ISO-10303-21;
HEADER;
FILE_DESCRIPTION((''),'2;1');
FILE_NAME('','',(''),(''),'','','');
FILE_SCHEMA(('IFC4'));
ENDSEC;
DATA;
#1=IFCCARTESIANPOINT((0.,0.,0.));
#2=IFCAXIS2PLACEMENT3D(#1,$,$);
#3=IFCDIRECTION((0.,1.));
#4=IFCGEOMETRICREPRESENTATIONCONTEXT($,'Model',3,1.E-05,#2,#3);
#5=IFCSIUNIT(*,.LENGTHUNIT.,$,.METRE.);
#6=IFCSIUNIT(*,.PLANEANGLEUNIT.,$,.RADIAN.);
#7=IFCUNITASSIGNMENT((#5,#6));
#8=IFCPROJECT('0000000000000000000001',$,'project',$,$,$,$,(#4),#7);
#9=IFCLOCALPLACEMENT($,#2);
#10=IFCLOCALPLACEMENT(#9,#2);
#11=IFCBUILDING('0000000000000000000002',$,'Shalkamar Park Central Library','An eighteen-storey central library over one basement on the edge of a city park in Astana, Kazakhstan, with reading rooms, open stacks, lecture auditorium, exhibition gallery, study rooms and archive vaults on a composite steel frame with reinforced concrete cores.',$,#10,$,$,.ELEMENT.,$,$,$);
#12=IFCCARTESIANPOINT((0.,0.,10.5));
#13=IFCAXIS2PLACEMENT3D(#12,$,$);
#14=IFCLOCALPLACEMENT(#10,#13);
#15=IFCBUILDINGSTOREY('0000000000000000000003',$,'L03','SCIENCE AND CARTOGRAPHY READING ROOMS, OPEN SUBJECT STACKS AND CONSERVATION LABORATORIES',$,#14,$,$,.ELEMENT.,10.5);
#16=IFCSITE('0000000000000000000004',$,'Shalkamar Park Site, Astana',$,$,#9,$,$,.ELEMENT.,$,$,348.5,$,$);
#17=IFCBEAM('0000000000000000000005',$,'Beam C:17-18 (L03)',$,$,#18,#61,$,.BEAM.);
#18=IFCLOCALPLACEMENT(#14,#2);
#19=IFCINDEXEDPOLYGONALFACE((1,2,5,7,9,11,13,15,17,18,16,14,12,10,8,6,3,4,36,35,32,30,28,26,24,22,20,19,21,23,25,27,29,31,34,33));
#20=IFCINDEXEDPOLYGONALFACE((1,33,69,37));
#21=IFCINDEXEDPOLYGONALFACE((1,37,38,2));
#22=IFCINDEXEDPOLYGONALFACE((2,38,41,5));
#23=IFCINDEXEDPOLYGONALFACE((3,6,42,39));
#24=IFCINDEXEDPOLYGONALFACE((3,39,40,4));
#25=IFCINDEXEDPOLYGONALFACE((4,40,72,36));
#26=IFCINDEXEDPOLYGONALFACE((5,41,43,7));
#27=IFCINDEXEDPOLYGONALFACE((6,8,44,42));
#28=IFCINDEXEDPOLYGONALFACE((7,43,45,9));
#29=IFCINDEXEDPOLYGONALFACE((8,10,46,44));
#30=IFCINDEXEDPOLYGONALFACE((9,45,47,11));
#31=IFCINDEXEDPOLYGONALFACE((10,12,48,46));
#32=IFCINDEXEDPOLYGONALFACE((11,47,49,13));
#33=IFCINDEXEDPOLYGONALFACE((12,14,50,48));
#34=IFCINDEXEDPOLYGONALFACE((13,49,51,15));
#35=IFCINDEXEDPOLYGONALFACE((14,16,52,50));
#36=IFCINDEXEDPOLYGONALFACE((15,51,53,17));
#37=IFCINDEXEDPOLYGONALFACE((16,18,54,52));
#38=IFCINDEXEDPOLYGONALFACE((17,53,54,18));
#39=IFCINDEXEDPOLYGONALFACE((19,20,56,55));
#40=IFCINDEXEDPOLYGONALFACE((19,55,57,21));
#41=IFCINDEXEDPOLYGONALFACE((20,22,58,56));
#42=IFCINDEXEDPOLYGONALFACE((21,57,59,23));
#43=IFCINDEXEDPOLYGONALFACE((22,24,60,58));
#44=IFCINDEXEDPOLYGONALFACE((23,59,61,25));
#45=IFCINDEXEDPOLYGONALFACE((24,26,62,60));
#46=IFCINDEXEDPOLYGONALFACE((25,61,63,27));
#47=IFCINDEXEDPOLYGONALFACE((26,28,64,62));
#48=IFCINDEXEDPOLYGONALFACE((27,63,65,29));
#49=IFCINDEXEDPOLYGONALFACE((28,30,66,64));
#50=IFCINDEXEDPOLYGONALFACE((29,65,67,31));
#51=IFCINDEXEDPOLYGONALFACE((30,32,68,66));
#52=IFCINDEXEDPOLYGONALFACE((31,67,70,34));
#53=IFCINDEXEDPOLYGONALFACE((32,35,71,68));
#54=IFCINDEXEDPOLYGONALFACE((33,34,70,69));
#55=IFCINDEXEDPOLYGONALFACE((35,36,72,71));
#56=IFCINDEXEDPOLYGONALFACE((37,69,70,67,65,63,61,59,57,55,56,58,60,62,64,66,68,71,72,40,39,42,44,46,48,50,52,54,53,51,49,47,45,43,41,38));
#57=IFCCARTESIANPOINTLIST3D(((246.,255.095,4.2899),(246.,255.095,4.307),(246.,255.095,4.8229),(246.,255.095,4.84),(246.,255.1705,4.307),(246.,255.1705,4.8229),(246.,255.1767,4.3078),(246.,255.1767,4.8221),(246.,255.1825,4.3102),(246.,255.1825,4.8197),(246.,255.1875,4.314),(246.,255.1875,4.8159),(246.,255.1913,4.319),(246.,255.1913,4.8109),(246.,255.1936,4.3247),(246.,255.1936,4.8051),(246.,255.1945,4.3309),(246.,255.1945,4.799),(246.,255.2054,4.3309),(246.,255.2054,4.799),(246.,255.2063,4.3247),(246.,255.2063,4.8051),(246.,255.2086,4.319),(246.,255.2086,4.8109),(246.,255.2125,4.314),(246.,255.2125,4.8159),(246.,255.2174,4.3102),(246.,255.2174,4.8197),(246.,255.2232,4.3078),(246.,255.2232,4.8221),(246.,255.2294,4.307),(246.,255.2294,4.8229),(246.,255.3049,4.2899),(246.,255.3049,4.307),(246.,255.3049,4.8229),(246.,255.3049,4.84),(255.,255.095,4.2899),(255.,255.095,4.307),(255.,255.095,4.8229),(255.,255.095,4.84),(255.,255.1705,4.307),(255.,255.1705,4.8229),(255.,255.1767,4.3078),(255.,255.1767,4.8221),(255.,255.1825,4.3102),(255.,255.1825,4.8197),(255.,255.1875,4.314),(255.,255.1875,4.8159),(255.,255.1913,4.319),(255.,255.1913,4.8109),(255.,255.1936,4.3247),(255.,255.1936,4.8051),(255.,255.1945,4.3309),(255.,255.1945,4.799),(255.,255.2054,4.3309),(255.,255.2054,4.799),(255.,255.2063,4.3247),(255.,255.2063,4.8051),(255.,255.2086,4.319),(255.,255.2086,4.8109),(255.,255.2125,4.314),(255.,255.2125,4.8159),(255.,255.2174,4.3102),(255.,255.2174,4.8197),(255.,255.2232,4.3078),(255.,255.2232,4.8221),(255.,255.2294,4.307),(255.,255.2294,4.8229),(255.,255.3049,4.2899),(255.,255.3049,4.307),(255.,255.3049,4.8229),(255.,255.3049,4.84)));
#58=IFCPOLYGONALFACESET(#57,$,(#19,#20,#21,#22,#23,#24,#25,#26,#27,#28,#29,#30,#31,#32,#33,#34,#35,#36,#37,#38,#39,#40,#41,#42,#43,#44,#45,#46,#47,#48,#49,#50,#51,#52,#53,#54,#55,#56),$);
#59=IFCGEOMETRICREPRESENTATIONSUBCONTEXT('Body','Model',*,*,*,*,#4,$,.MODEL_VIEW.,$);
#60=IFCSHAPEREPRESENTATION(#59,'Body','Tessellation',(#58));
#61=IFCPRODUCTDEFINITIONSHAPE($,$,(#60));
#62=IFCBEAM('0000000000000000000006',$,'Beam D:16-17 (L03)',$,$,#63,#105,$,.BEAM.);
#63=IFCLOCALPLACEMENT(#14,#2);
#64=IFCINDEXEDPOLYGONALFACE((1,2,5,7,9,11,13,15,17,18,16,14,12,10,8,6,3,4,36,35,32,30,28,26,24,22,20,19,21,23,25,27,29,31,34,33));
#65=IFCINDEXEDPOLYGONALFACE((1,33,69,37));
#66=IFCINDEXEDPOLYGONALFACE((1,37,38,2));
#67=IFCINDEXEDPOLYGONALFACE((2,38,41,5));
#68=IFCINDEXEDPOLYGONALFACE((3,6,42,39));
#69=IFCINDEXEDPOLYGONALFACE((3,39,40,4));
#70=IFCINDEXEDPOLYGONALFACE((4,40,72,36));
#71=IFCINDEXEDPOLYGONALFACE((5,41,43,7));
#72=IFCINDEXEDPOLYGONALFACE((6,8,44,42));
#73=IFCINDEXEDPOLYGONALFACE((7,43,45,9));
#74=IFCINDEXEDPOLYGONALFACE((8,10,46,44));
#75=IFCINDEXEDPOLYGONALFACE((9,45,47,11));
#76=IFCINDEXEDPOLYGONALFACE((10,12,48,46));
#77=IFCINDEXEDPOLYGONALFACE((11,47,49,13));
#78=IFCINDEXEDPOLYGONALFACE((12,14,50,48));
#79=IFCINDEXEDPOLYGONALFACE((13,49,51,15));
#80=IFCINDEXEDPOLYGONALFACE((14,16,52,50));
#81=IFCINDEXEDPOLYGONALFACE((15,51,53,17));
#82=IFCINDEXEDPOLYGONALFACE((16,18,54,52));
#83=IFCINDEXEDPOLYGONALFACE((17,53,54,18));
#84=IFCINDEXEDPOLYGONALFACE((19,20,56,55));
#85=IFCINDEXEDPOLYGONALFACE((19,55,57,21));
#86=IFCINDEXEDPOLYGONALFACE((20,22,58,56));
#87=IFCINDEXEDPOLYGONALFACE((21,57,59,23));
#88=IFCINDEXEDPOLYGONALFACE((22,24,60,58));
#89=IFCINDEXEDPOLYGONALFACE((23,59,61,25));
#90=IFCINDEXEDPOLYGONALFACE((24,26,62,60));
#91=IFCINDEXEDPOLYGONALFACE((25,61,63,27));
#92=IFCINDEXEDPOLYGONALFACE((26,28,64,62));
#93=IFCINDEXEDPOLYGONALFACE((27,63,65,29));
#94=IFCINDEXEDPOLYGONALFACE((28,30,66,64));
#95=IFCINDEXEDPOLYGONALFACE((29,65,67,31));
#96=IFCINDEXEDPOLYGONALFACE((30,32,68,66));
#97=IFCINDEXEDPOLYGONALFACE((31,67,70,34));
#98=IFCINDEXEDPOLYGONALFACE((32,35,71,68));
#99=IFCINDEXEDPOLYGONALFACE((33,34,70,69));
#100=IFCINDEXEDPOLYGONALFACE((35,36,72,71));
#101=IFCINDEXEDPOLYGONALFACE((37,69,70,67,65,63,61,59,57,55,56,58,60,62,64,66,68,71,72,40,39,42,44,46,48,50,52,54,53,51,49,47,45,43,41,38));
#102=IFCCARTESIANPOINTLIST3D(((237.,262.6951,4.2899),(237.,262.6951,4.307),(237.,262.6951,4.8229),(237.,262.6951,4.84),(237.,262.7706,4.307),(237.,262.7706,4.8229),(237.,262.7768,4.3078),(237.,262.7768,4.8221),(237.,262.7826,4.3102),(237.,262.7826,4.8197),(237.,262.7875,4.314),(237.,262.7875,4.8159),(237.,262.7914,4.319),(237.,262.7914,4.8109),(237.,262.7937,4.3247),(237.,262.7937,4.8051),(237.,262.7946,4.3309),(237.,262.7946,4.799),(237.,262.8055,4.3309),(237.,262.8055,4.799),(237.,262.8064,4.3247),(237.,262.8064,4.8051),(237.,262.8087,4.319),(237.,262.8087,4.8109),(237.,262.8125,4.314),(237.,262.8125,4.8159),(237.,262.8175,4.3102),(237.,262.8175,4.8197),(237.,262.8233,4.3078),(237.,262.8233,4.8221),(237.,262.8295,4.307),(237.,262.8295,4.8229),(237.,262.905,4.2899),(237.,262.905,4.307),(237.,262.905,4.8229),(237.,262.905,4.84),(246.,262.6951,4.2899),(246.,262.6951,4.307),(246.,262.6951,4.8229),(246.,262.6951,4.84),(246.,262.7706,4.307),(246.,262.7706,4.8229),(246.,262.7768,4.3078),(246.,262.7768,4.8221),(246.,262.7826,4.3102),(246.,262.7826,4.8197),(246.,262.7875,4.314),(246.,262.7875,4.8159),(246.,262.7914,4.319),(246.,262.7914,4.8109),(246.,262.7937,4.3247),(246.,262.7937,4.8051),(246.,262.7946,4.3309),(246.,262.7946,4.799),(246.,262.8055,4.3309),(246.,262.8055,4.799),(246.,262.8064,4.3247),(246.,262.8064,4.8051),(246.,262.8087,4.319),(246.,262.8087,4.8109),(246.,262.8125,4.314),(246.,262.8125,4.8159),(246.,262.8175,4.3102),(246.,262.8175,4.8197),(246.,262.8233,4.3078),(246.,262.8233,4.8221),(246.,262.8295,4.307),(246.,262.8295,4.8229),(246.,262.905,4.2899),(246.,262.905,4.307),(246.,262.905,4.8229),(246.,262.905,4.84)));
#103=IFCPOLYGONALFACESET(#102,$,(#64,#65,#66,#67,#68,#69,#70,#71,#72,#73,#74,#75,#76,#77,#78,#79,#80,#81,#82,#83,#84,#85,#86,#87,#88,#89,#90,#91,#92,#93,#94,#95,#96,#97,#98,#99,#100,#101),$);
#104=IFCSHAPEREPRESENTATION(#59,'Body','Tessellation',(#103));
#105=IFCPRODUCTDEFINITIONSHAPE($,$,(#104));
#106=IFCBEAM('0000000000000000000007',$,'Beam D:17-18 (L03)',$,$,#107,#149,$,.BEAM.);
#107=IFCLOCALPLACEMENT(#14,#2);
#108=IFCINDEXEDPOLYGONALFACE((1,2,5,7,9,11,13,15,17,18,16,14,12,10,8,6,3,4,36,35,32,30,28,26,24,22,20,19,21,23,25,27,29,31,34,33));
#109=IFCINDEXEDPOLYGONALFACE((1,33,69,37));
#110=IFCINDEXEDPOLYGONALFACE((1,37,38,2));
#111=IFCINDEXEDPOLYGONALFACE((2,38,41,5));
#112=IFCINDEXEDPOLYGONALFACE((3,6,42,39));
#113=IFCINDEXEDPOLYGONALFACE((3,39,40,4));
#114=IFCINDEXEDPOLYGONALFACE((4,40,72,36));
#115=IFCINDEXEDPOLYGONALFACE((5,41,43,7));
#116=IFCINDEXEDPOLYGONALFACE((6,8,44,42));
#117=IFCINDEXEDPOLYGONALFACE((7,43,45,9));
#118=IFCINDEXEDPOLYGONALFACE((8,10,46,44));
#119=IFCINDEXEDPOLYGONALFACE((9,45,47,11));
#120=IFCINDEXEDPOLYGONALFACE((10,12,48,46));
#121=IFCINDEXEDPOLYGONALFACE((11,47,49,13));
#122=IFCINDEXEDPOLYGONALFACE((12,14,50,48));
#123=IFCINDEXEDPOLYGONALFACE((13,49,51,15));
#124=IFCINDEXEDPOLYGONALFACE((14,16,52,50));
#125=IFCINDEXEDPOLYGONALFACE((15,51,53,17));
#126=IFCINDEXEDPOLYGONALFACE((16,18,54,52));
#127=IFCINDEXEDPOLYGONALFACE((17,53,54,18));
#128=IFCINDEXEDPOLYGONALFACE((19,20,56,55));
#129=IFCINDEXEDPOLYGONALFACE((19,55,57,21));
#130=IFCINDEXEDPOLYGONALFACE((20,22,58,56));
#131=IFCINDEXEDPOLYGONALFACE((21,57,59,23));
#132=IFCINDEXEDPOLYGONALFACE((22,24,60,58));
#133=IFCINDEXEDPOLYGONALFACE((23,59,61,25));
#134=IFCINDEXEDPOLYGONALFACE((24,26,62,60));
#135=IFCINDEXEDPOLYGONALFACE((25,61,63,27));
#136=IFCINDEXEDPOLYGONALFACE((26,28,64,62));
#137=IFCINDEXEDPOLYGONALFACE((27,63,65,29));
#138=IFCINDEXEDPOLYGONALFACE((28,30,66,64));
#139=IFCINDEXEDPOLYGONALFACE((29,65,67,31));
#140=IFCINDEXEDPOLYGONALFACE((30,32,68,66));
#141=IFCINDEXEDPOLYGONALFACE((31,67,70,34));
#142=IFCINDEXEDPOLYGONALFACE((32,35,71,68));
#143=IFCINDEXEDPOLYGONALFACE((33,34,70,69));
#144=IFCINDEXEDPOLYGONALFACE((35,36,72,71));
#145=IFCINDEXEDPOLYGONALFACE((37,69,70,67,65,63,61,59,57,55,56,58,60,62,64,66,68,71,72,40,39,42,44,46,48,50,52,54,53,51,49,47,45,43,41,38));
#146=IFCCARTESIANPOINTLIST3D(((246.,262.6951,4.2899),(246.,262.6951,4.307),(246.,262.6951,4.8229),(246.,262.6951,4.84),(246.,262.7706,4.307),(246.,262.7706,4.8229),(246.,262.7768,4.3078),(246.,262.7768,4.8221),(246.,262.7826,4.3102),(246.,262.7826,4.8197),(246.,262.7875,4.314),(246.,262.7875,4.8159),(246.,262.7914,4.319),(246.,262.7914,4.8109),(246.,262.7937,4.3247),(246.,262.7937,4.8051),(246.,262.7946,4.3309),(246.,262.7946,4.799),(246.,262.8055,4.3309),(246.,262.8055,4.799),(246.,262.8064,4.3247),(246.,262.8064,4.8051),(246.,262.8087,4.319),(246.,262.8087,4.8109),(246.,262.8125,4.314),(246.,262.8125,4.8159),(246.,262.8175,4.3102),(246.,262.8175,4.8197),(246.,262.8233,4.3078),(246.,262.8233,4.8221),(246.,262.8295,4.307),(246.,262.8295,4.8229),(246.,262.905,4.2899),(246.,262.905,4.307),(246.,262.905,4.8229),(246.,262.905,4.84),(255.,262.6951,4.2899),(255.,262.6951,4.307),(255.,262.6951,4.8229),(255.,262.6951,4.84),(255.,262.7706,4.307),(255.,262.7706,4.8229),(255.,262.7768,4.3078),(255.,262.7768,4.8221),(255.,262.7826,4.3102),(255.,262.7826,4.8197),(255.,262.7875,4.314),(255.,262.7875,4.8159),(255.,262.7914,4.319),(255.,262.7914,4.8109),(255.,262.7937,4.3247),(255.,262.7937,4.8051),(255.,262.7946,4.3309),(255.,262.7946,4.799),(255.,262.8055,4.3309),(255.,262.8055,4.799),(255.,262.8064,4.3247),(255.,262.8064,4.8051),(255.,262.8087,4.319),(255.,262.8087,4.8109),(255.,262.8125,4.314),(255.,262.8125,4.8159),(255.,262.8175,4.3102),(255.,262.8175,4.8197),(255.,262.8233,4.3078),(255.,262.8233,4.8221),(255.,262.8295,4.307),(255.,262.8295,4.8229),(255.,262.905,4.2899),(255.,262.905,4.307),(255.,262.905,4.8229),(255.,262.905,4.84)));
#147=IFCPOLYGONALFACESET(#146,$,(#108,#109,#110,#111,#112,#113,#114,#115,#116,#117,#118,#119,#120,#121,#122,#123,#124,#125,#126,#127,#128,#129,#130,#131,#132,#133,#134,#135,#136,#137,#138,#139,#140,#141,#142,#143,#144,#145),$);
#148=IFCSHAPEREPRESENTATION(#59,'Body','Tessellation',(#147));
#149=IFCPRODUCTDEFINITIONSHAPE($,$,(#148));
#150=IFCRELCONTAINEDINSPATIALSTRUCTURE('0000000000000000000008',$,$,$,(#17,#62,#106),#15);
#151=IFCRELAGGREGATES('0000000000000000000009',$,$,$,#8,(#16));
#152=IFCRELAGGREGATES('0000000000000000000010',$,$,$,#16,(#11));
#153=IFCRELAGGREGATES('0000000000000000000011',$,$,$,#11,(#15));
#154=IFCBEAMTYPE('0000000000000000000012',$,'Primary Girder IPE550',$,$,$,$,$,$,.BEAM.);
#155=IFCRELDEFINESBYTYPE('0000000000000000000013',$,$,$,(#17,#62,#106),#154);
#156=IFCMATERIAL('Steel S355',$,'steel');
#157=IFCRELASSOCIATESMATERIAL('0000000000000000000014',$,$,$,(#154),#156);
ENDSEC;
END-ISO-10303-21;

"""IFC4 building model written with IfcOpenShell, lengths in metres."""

from ifc_helpers import new_model, si_unit, direction, frame, origin, origin_2d, place, context, subcontext, project, spatial, i_section, extrude, material, material_profile, profile_set, type_object, element, save


model = new_model("IFC4")

# Units and contexts
model_context = context("Model", 3, precision=1e-05, world=origin(), true_north=direction((0.0, 1.0)))
body_context = subcontext(model_context, "Body", "Model", "MODEL_VIEW")
ifc_project = project(units=[si_unit("LENGTHUNIT", "METRE"), si_unit("PLANEANGLEUNIT", "RADIAN")], contexts=[model_context])

# Site, building, storey
site_placement = place(None, origin())
site = spatial("IfcSite", under=ifc_project, at=site_placement, Name="Shalkamar Park Site, Astana", CompositionType="ELEMENT", RefElevation=348.5)
building_placement = place(site_placement, origin())
building = spatial("IfcBuilding", under=site, at=building_placement, Name="Shalkamar Park Central Library", Description="An eighteen-storey central library over one basement on the edge of a city park in Astana, Kazakhstan, with reading rooms, open stacks, lecture auditorium, exhibition gallery, study rooms and archive vaults on a composite steel frame with reinforced concrete cores.", CompositionType="ELEMENT")
storey_placement = place(building_placement, frame((0.0, 0.0, 10.5)))
storey = spatial("IfcBuildingStorey", under=building, at=storey_placement, Name="L03", Description="SCIENCE AND CARTOGRAPHY READING ROOMS, OPEN SUBJECT STACKS AND CONSERVATION LABORATORIES", CompositionType="ELEMENT", Elevation=10.5)

# Shared definitions
ifc_material_1 = material(Name="Steel S355", Category="steel")

# Beams
ifc_material_profile_1 = material_profile(ifc_material_1, i_section(OverallWidth=0.21, OverallDepth=0.55, WebThickness=0.011, FlangeThickness=0.0171, FilletRadius=0.0239, at=origin_2d()), Name="IPE 550")
ifc_profile_set_1 = profile_set([ifc_material_profile_1], Name="Steel S355")
beam_type_1 = type_object("IfcBeamType", Name="Primary Girder IPE550", PredefinedType="BEAM", material=ifc_profile_set_1)
for number, where, z_axis, x_axis, name in (
    (1, (246.0, 255.2, 4.5649), (1.0, 0.0, 0.0), (0.0, 1.0, 0.0), "Beam C:17-18 (L03)"),
    (2, (237.0, 262.8, 4.5649), (1.0, 0.0, 0.0), (0.0, 1.0, 0.0), "Beam D:16-17 (L03)"),
    (3, (246.0, 262.8, 4.5649), (1.0, 0.0, 0.0), (0.0, 1.0, 0.0), "Beam D:17-18 (L03)"),
):
    element("IfcBeam", number, at=place(storey_placement, frame(where, z_axis=z_axis, x_axis=x_axis)), inside=storey, type_object=beam_type_1, Name=name, PredefinedType="BEAM", context=body_context, shape_type="SweptSolid", body=[
        extrude(i_section(OverallWidth=0.21, OverallDepth=0.55, WebThickness=0.011, FlangeThickness=0.0171, FilletRadius=0.0239, at=origin_2d()), origin(), (0.0, 0.0, 1.0), 9.0),
    ])

save(model, "model.ifc")
